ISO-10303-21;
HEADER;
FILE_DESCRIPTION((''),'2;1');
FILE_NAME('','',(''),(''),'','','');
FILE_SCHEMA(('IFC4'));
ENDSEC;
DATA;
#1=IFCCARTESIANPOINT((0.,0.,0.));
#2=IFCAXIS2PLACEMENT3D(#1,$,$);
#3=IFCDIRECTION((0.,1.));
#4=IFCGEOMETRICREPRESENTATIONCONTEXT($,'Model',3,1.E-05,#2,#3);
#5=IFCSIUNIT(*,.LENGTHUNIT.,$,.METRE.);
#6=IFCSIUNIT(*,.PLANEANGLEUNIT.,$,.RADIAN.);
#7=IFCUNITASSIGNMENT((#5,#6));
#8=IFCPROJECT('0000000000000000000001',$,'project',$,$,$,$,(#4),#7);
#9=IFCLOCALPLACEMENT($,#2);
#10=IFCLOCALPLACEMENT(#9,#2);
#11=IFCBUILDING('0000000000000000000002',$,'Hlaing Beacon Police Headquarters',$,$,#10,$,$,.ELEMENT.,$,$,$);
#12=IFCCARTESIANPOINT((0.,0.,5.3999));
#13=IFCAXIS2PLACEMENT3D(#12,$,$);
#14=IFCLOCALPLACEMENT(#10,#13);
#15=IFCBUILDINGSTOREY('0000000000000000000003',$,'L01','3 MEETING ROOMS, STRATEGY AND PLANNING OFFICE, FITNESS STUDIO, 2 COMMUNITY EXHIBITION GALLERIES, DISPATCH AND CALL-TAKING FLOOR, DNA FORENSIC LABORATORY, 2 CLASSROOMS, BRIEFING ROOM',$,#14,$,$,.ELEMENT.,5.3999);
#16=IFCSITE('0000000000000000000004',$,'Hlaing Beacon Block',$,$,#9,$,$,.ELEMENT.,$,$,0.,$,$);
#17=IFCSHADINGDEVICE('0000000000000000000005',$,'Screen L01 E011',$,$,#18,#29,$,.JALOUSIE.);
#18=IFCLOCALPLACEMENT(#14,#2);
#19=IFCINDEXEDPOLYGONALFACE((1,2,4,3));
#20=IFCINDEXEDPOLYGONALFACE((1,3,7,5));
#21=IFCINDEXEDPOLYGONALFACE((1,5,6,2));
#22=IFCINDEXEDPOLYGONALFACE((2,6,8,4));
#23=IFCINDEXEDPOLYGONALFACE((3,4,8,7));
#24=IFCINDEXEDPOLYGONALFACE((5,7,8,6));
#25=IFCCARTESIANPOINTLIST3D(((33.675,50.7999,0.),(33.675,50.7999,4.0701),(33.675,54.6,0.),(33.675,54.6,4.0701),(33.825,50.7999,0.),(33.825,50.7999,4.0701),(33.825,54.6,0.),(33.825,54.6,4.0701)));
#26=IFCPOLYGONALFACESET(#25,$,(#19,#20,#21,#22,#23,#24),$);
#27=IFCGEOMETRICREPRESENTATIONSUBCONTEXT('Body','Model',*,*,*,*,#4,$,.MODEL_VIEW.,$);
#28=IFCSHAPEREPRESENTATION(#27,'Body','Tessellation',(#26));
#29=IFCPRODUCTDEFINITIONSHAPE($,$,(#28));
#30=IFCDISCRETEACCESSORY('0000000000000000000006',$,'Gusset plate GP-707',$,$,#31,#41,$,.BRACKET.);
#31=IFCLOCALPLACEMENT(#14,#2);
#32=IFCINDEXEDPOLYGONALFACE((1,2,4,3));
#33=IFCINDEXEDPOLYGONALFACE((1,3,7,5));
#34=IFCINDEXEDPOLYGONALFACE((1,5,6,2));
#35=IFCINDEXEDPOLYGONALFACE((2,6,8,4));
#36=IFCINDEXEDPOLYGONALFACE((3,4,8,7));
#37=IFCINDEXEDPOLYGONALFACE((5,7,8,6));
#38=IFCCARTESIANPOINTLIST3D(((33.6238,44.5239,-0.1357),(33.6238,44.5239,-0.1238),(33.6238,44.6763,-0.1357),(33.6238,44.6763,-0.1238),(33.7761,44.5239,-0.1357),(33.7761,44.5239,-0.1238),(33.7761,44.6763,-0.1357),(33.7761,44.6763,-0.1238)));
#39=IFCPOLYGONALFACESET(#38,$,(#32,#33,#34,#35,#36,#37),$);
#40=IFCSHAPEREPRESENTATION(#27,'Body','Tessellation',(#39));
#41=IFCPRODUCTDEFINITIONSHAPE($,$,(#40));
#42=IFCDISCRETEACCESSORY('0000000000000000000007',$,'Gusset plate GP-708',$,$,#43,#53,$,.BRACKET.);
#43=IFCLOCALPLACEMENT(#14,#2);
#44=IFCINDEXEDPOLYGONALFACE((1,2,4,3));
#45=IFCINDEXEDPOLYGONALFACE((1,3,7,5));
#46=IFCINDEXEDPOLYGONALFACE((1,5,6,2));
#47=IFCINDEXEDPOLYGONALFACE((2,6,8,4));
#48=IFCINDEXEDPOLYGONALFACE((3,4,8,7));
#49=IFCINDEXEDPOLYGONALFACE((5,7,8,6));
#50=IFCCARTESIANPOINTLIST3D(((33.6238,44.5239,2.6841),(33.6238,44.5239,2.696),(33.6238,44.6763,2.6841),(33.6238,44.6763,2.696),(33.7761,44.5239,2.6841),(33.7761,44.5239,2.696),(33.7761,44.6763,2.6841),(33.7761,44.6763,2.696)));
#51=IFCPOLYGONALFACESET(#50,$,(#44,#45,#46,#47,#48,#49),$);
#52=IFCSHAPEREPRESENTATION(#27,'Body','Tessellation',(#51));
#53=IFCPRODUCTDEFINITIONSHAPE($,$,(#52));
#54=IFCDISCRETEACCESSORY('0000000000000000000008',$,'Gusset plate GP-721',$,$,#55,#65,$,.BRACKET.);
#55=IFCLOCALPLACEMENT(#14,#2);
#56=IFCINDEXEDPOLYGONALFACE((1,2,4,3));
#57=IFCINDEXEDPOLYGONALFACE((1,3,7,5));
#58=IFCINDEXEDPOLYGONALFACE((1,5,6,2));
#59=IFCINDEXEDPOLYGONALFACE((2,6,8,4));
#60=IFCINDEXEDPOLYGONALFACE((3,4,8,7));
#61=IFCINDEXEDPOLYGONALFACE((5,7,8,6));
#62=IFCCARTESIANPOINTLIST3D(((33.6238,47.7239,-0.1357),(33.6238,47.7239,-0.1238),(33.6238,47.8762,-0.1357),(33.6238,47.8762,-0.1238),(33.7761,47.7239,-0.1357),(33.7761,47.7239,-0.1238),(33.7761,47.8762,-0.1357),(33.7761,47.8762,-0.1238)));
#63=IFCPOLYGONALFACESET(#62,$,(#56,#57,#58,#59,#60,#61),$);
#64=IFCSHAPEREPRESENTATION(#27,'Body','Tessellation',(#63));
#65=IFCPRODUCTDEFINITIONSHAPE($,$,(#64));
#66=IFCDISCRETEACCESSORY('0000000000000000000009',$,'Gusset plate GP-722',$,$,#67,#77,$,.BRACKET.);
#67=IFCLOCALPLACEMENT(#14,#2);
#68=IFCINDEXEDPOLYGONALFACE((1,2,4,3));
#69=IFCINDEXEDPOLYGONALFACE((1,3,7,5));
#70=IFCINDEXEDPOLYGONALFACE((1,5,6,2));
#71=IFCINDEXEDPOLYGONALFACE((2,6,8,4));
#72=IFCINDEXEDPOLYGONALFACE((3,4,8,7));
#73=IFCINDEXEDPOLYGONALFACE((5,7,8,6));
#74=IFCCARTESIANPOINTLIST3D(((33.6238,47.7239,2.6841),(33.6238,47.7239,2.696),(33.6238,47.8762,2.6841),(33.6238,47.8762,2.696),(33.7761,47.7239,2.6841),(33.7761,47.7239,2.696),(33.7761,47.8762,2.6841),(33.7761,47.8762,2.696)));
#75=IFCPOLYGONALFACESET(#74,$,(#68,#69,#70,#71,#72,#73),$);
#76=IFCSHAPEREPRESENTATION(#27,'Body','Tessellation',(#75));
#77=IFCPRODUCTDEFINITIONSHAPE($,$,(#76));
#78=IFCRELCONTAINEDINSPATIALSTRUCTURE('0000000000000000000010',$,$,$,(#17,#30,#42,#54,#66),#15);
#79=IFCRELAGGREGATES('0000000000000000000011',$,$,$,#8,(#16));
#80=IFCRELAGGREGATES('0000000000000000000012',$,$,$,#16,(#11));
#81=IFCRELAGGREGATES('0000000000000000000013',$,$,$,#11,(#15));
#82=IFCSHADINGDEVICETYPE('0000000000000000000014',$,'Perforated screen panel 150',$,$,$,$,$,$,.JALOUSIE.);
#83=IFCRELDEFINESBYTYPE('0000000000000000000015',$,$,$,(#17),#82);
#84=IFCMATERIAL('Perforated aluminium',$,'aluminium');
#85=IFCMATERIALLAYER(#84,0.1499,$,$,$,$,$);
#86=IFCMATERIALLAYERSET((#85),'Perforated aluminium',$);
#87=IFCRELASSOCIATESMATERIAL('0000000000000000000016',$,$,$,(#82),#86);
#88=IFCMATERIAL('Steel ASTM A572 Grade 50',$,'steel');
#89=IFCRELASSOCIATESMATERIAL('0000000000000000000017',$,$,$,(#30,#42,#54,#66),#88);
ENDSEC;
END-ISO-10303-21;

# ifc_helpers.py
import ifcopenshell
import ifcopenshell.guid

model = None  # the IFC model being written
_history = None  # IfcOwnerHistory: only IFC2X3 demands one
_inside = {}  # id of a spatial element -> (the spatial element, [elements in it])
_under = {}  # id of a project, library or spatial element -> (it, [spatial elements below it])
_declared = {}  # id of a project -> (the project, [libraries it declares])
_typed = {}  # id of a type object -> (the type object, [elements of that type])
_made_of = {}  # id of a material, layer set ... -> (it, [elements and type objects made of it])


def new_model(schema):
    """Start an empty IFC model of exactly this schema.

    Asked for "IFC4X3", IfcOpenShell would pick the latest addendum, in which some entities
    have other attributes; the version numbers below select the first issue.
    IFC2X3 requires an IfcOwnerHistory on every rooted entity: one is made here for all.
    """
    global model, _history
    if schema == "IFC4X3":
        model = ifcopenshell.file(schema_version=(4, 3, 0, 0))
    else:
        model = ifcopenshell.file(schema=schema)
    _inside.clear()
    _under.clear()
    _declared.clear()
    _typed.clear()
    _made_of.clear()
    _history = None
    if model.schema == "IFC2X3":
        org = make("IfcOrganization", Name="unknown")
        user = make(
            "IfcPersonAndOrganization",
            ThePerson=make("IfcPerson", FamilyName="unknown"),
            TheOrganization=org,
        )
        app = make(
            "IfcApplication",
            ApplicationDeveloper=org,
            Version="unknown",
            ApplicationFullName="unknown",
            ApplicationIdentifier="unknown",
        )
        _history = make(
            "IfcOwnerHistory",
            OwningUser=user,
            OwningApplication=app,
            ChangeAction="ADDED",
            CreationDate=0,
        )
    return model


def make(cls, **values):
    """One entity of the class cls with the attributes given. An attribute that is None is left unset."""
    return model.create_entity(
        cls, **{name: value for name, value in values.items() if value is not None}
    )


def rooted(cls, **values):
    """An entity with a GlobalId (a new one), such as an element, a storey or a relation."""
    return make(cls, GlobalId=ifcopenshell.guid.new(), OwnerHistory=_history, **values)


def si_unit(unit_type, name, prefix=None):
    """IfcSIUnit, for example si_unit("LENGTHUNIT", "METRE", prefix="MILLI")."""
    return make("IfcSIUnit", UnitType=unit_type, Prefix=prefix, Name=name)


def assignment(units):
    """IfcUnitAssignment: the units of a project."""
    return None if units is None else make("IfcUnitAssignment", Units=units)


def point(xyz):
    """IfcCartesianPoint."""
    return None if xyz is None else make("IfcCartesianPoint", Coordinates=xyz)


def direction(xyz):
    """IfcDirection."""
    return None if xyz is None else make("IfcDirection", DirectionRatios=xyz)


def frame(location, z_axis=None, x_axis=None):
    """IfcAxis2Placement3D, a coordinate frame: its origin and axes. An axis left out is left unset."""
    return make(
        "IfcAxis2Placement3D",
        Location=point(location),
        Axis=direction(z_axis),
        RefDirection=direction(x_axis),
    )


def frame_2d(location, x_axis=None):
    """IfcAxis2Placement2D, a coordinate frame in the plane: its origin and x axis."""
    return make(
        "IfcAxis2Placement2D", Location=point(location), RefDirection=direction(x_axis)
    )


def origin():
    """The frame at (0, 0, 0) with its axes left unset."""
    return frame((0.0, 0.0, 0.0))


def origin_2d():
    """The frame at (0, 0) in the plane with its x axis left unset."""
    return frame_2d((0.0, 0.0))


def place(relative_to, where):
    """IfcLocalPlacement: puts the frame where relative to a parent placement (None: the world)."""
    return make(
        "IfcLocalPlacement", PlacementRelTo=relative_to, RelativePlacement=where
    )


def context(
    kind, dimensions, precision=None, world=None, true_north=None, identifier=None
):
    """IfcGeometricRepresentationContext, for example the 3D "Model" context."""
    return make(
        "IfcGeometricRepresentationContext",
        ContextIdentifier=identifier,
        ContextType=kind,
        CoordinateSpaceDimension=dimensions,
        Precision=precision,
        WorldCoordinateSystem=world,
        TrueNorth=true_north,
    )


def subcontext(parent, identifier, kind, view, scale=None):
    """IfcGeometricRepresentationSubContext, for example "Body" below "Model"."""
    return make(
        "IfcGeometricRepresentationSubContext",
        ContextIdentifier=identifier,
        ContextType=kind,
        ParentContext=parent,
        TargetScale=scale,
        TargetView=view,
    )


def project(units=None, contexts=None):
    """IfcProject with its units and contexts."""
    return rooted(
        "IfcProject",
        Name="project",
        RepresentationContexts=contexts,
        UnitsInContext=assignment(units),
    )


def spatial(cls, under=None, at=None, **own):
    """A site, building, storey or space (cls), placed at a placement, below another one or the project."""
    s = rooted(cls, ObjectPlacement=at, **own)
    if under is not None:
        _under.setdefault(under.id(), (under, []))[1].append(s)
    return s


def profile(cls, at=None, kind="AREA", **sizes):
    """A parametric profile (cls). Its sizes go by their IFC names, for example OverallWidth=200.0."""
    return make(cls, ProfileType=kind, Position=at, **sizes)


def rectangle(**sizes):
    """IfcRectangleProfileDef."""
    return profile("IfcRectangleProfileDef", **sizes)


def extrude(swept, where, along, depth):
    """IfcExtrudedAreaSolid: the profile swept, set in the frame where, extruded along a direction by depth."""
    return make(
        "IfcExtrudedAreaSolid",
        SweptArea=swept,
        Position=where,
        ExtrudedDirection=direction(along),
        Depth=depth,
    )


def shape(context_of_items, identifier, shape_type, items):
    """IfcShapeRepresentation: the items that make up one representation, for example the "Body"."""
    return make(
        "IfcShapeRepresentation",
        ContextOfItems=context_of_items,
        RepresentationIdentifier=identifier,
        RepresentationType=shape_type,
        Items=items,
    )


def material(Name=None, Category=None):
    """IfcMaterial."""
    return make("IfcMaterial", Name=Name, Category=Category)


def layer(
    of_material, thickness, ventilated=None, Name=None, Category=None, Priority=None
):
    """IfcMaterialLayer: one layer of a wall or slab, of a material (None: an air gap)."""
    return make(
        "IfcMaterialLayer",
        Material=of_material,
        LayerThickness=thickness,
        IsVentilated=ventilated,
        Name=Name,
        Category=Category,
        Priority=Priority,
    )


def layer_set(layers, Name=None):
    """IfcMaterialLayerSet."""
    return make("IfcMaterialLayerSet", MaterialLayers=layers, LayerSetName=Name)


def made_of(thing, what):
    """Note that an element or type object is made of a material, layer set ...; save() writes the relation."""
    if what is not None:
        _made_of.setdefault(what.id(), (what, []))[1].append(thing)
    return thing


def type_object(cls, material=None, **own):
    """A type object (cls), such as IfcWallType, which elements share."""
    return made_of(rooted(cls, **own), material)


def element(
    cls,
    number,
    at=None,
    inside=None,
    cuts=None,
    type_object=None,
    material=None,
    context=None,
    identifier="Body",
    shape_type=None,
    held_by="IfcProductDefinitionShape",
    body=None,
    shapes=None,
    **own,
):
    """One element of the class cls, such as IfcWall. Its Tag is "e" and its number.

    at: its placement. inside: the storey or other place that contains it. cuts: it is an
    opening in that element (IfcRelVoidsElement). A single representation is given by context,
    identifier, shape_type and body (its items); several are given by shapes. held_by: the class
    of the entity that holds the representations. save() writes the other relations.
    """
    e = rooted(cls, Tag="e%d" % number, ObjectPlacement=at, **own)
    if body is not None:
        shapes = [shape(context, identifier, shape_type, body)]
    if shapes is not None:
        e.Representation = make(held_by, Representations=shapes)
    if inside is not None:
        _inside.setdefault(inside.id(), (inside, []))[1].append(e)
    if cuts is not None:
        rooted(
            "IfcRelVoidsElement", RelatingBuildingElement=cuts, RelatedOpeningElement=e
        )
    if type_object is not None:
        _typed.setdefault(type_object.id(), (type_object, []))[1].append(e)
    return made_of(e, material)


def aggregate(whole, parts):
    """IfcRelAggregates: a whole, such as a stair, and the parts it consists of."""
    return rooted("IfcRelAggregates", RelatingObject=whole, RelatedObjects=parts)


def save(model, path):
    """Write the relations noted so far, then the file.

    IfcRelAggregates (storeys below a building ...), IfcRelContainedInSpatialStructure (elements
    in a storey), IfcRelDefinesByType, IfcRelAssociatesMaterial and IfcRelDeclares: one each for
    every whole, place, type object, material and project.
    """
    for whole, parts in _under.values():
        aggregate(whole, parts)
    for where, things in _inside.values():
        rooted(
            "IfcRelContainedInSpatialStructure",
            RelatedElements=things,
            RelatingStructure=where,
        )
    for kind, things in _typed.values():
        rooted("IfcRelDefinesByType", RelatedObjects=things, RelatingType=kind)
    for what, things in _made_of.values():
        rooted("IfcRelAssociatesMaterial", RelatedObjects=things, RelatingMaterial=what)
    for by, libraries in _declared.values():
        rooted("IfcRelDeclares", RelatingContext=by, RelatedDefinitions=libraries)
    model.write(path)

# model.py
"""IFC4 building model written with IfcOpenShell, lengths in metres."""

from ifc_helpers import new_model, si_unit, direction, frame, origin, origin_2d, place, context, subcontext, project, spatial, rectangle, extrude, material, layer, layer_set, type_object, element, save


model = new_model("IFC4")

# Units and contexts
model_context = context("Model", 3, precision=1e-05, world=origin(), true_north=direction((0.0, 1.0)))
body_context = subcontext(model_context, "Body", "Model", "MODEL_VIEW")
ifc_project = project(units=[si_unit("LENGTHUNIT", "METRE"), si_unit("PLANEANGLEUNIT", "RADIAN")], contexts=[model_context])

# Site, building, storey
site_placement = place(None, origin())
site = spatial("IfcSite", under=ifc_project, at=site_placement, Name="Hlaing Beacon Block", CompositionType="ELEMENT", RefElevation=0.0)
building_placement = place(site_placement, origin())
building = spatial("IfcBuilding", under=site, at=building_placement, Name="Hlaing Beacon Police Headquarters", CompositionType="ELEMENT")
storey_placement = place(building_placement, frame((0.0, 0.0, 5.3999)))
storey = spatial("IfcBuildingStorey", under=building, at=storey_placement, Name="L01", Description="3 MEETING ROOMS, STRATEGY AND PLANNING OFFICE, FITNESS STUDIO, 2 COMMUNITY EXHIBITION GALLERIES, DISPATCH AND CALL-TAKING FLOOR, DNA FORENSIC LABORATORY, 2 CLASSROOMS, BRIEFING ROOM", CompositionType="ELEMENT", Elevation=5.3999)

# Shading device
ifc_material_1 = material(Name="Perforated aluminium", Category="aluminium")
ifc_layer_1 = layer(ifc_material_1, 0.1499)
ifc_layer_set_1 = layer_set([ifc_layer_1], Name="Perforated aluminium")
shading_device_type = type_object("IfcShadingDeviceType", Name="Perforated screen panel 150", PredefinedType="JALOUSIE", material=ifc_layer_set_1)
shading_device_placement = place(storey_placement, frame((33.75, 52.7, 0.0), z_axis=(0.0, 0.0, 1.0), x_axis=(0.0, 1.0, 0.0)))
element("IfcShadingDevice", 1, at=shading_device_placement, inside=storey, type_object=shading_device_type, Name="Screen L01 E011", PredefinedType="JALOUSIE", context=body_context, shape_type="SweptSolid", body=[
    extrude(rectangle(XDim=3.8, YDim=0.1499, at=origin_2d()), origin(), (0.0, 0.0, 1.0), 4.0701),
])

# Discrete accessories
ifc_material_2 = material(Name="Steel ASTM A572 Grade 50", Category="steel")
for number, where, z_axis, x_axis, name in (
    (2, (33.7, 44.6001, -0.1238), (0.0, 0.0, -1.0), (1.0, 0.0, 0.0), "Gusset plate GP-707"),
    (3, (33.7, 44.6001, 2.6841), (0.0, 0.0, 1.0), (1.0, 0.0, 0.0), "Gusset plate GP-708"),
    (4, (33.7, 47.8, -0.1238), (0.0, 0.0, -1.0), (1.0, 0.0, 0.0), "Gusset plate GP-721"),
    (5, (33.7, 47.8, 2.6841), (0.0, 0.0, 1.0), (1.0, 0.0, 0.0), "Gusset plate GP-722"),
):
    element("IfcDiscreteAccessory", number, at=place(storey_placement, frame(where, z_axis=z_axis, x_axis=x_axis)), inside=storey, material=ifc_material_2, Name=name, PredefinedType="BRACKET", context=body_context, shape_type="SweptSolid", body=[
        extrude(rectangle(XDim=0.1523, YDim=0.1523, at=origin_2d()), origin(), (0.0, 0.0, 1.0), 0.012),
    ])

save(model, "model.ifc")
